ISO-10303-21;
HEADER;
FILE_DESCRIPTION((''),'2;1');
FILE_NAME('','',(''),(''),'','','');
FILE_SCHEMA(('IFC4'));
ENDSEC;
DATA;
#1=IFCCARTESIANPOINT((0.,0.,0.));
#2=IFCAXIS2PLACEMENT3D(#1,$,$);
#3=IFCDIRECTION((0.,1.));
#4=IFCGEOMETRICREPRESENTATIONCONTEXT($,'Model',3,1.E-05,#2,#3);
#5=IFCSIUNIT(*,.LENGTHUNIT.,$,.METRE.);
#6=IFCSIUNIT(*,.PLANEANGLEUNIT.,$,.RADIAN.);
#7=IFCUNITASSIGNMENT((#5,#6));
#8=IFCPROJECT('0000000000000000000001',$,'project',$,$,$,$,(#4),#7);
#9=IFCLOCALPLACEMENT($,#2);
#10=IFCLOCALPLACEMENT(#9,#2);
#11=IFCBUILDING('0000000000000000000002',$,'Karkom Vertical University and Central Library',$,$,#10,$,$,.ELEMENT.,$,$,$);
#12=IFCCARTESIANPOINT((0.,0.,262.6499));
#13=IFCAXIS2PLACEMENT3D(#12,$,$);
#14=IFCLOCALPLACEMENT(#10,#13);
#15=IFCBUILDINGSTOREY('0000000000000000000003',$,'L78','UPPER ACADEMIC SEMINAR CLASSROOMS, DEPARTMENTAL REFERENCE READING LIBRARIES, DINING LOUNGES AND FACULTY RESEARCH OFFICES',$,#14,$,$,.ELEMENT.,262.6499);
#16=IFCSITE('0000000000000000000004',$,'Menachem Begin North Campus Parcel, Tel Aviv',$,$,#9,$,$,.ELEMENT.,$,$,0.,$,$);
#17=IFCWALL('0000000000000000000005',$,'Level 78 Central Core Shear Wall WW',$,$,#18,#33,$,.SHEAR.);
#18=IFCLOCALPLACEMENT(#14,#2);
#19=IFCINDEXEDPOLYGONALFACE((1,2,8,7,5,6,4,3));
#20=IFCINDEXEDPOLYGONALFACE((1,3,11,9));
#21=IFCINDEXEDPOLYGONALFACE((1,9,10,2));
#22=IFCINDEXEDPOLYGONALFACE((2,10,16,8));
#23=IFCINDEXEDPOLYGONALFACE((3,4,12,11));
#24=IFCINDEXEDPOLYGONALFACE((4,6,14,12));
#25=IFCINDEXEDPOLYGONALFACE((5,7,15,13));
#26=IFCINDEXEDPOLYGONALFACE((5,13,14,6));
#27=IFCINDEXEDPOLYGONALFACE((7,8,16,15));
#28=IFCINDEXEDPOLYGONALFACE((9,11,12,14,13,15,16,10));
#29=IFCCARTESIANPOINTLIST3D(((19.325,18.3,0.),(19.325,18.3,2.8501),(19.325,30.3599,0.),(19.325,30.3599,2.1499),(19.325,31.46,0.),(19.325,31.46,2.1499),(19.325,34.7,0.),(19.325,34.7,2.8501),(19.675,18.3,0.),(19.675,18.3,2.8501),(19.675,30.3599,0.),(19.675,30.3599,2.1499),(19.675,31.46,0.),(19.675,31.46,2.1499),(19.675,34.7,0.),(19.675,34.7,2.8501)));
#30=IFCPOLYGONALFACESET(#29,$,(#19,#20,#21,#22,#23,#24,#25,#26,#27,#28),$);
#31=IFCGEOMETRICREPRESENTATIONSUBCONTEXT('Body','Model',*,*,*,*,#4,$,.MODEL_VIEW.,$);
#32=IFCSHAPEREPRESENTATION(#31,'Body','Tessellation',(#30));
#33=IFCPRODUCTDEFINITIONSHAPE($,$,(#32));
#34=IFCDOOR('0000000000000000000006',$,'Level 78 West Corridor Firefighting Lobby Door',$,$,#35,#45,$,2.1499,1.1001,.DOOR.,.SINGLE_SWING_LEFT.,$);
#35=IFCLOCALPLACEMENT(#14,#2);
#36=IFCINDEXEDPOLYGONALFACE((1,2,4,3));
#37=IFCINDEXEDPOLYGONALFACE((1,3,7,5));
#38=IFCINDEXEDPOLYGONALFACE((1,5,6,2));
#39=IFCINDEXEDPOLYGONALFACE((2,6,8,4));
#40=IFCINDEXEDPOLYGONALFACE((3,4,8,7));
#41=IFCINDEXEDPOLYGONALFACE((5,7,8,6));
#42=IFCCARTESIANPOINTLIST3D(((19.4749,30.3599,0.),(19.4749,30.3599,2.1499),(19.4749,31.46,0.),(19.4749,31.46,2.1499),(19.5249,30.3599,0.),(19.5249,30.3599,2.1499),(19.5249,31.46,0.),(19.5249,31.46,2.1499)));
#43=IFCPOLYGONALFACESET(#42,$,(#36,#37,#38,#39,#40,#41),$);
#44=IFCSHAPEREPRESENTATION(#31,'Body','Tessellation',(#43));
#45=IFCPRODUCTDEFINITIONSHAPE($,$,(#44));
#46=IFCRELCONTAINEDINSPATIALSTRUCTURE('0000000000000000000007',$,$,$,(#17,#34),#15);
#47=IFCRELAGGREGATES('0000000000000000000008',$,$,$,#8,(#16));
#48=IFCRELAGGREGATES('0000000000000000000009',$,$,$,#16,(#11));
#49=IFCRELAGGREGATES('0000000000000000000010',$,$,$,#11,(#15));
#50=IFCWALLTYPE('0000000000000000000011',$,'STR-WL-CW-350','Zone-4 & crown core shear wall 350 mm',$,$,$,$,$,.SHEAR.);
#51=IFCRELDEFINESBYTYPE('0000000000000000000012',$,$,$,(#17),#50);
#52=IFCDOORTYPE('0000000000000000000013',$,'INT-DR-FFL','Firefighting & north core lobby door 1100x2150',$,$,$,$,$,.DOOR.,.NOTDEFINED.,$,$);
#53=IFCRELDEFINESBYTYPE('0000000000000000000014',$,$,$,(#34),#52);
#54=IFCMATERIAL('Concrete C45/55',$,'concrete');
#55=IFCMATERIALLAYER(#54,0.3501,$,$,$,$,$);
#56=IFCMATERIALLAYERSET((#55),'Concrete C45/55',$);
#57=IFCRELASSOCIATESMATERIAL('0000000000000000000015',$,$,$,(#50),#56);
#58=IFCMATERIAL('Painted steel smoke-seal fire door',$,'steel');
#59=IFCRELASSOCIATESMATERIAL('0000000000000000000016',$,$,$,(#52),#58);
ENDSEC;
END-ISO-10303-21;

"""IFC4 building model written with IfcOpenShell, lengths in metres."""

from ifc_helpers import new_model, si_unit, direction, frame, frame_2d, origin, origin_with_axes, place, context, subcontext, project, spatial, rectangle, extrude, source, transform, mapped, material, layer, layer_set, type_object, element, fill, save


model = new_model("IFC4")

# Units and contexts
model_context = context("Model", 3, precision=1e-05, world=origin(), true_north=direction((0.0, 1.0)))
body_context = subcontext(model_context, "Body", "Model", "MODEL_VIEW")
ifc_project = project(units=[si_unit("LENGTHUNIT", "METRE"), si_unit("PLANEANGLEUNIT", "RADIAN")], contexts=[model_context])

# Site, building, storey
site_placement = place(None, origin())
site = spatial("IfcSite", under=ifc_project, at=site_placement, Name="Menachem Begin North Campus Parcel, Tel Aviv", CompositionType="ELEMENT", RefElevation=0.0)
building_placement = place(site_placement, origin())
building = spatial("IfcBuilding", under=site, at=building_placement, Name="Karkom Vertical University and Central Library", CompositionType="ELEMENT")
storey_placement = place(building_placement, frame((0.0, 0.0, 262.6499)))
storey = spatial("IfcBuildingStorey", under=building, at=storey_placement, Name="L78", Description="UPPER ACADEMIC SEMINAR CLASSROOMS, DEPARTMENTAL REFERENCE READING LIBRARIES, DINING LOUNGES AND FACULTY RESEARCH OFFICES", CompositionType="ELEMENT", Elevation=262.6499)

# Shared definitions
ifc_material_1 = material(Name="Concrete C45/55", Category="concrete")

# Shared definitions
ifc_layer_1 = layer(ifc_material_1, 0.3501)
ifc_layer_set_1 = layer_set([ifc_layer_1], Name="Concrete C45/55")
wall_type_1 = type_object("IfcWallType", Name="STR-WL-CW-350", Description="Zone-4 & crown core shear wall 350 mm", PredefinedType="SHEAR", material=ifc_layer_set_1)

# Wall, opening, door
wall_1_placement = place(storey_placement, frame((19.5, 34.7, 0.0), z_axis=(0.0, 0.0, 1.0), x_axis=(0.0, -1.0, 0.0)))
wall_1 = element("IfcWall", 1, at=wall_1_placement, inside=storey, type_object=wall_type_1, Name="Level 78 Central Core Shear Wall WW", PredefinedType="SHEAR", context=body_context, shape_type="SweptSolid", body=[
    extrude(rectangle(XDim=16.3999, YDim=0.3501, at=frame_2d((8.2, 0.0))), origin(), (0.0, 0.0, 1.0), 2.8501),
])
opening_1_placement = place(wall_1_placement, frame((3.24, 0.0, 0.0)))
opening_1 = element("IfcOpeningElement", 2, at=opening_1_placement, cuts=wall_1, PredefinedType="OPENING", context=body_context, shape_type="SweptSolid", body=[
    extrude(rectangle(XDim=1.1001, YDim=2.1499, at=frame_2d((0.55, 1.075))), frame((0.0, 0.1851, 0.0), z_axis=(0.0, -1.0, 0.0), x_axis=(1.0, 0.0, 0.0)), (0.0, 0.0, 1.0), 0.3701),
])
ifc_material_2 = material(Name="Painted steel smoke-seal fire door", Category="steel")
door_type = type_object("IfcDoorType", Name="INT-DR-FFL", Description="Firefighting & north core lobby door 1100x2150", OperationType="NOTDEFINED", PredefinedType="DOOR", material=ifc_material_2)
shared_shape_1 = source(origin_with_axes(), body_context, "Body", "SweptSolid", [
    extrude(rectangle(XDim=1.1001, YDim=2.1499, at=frame_2d((0.55, 1.075))), frame((0.0, 0.0249, 0.0), z_axis=(0.0, -1.0, 0.0), x_axis=(1.0, 0.0, 0.0)), (0.0, 0.0, 1.0), 0.05),
])
door_placement = place(opening_1_placement, origin())
door = element("IfcDoor", 3, at=door_placement, inside=storey, type_object=door_type, Name="Level 78 West Corridor Firefighting Lobby Door", OperationType="SINGLE_SWING_LEFT", OverallHeight=2.1499, OverallWidth=1.1001, PredefinedType="DOOR", context=body_context, shape_type="MappedRepresentation", body=[
    mapped(shared_shape_1, transform((0.0, 0.0, 0.0), scale=1.0)),
])
fill(opening_1, door)

save(model, "model.ifc")
